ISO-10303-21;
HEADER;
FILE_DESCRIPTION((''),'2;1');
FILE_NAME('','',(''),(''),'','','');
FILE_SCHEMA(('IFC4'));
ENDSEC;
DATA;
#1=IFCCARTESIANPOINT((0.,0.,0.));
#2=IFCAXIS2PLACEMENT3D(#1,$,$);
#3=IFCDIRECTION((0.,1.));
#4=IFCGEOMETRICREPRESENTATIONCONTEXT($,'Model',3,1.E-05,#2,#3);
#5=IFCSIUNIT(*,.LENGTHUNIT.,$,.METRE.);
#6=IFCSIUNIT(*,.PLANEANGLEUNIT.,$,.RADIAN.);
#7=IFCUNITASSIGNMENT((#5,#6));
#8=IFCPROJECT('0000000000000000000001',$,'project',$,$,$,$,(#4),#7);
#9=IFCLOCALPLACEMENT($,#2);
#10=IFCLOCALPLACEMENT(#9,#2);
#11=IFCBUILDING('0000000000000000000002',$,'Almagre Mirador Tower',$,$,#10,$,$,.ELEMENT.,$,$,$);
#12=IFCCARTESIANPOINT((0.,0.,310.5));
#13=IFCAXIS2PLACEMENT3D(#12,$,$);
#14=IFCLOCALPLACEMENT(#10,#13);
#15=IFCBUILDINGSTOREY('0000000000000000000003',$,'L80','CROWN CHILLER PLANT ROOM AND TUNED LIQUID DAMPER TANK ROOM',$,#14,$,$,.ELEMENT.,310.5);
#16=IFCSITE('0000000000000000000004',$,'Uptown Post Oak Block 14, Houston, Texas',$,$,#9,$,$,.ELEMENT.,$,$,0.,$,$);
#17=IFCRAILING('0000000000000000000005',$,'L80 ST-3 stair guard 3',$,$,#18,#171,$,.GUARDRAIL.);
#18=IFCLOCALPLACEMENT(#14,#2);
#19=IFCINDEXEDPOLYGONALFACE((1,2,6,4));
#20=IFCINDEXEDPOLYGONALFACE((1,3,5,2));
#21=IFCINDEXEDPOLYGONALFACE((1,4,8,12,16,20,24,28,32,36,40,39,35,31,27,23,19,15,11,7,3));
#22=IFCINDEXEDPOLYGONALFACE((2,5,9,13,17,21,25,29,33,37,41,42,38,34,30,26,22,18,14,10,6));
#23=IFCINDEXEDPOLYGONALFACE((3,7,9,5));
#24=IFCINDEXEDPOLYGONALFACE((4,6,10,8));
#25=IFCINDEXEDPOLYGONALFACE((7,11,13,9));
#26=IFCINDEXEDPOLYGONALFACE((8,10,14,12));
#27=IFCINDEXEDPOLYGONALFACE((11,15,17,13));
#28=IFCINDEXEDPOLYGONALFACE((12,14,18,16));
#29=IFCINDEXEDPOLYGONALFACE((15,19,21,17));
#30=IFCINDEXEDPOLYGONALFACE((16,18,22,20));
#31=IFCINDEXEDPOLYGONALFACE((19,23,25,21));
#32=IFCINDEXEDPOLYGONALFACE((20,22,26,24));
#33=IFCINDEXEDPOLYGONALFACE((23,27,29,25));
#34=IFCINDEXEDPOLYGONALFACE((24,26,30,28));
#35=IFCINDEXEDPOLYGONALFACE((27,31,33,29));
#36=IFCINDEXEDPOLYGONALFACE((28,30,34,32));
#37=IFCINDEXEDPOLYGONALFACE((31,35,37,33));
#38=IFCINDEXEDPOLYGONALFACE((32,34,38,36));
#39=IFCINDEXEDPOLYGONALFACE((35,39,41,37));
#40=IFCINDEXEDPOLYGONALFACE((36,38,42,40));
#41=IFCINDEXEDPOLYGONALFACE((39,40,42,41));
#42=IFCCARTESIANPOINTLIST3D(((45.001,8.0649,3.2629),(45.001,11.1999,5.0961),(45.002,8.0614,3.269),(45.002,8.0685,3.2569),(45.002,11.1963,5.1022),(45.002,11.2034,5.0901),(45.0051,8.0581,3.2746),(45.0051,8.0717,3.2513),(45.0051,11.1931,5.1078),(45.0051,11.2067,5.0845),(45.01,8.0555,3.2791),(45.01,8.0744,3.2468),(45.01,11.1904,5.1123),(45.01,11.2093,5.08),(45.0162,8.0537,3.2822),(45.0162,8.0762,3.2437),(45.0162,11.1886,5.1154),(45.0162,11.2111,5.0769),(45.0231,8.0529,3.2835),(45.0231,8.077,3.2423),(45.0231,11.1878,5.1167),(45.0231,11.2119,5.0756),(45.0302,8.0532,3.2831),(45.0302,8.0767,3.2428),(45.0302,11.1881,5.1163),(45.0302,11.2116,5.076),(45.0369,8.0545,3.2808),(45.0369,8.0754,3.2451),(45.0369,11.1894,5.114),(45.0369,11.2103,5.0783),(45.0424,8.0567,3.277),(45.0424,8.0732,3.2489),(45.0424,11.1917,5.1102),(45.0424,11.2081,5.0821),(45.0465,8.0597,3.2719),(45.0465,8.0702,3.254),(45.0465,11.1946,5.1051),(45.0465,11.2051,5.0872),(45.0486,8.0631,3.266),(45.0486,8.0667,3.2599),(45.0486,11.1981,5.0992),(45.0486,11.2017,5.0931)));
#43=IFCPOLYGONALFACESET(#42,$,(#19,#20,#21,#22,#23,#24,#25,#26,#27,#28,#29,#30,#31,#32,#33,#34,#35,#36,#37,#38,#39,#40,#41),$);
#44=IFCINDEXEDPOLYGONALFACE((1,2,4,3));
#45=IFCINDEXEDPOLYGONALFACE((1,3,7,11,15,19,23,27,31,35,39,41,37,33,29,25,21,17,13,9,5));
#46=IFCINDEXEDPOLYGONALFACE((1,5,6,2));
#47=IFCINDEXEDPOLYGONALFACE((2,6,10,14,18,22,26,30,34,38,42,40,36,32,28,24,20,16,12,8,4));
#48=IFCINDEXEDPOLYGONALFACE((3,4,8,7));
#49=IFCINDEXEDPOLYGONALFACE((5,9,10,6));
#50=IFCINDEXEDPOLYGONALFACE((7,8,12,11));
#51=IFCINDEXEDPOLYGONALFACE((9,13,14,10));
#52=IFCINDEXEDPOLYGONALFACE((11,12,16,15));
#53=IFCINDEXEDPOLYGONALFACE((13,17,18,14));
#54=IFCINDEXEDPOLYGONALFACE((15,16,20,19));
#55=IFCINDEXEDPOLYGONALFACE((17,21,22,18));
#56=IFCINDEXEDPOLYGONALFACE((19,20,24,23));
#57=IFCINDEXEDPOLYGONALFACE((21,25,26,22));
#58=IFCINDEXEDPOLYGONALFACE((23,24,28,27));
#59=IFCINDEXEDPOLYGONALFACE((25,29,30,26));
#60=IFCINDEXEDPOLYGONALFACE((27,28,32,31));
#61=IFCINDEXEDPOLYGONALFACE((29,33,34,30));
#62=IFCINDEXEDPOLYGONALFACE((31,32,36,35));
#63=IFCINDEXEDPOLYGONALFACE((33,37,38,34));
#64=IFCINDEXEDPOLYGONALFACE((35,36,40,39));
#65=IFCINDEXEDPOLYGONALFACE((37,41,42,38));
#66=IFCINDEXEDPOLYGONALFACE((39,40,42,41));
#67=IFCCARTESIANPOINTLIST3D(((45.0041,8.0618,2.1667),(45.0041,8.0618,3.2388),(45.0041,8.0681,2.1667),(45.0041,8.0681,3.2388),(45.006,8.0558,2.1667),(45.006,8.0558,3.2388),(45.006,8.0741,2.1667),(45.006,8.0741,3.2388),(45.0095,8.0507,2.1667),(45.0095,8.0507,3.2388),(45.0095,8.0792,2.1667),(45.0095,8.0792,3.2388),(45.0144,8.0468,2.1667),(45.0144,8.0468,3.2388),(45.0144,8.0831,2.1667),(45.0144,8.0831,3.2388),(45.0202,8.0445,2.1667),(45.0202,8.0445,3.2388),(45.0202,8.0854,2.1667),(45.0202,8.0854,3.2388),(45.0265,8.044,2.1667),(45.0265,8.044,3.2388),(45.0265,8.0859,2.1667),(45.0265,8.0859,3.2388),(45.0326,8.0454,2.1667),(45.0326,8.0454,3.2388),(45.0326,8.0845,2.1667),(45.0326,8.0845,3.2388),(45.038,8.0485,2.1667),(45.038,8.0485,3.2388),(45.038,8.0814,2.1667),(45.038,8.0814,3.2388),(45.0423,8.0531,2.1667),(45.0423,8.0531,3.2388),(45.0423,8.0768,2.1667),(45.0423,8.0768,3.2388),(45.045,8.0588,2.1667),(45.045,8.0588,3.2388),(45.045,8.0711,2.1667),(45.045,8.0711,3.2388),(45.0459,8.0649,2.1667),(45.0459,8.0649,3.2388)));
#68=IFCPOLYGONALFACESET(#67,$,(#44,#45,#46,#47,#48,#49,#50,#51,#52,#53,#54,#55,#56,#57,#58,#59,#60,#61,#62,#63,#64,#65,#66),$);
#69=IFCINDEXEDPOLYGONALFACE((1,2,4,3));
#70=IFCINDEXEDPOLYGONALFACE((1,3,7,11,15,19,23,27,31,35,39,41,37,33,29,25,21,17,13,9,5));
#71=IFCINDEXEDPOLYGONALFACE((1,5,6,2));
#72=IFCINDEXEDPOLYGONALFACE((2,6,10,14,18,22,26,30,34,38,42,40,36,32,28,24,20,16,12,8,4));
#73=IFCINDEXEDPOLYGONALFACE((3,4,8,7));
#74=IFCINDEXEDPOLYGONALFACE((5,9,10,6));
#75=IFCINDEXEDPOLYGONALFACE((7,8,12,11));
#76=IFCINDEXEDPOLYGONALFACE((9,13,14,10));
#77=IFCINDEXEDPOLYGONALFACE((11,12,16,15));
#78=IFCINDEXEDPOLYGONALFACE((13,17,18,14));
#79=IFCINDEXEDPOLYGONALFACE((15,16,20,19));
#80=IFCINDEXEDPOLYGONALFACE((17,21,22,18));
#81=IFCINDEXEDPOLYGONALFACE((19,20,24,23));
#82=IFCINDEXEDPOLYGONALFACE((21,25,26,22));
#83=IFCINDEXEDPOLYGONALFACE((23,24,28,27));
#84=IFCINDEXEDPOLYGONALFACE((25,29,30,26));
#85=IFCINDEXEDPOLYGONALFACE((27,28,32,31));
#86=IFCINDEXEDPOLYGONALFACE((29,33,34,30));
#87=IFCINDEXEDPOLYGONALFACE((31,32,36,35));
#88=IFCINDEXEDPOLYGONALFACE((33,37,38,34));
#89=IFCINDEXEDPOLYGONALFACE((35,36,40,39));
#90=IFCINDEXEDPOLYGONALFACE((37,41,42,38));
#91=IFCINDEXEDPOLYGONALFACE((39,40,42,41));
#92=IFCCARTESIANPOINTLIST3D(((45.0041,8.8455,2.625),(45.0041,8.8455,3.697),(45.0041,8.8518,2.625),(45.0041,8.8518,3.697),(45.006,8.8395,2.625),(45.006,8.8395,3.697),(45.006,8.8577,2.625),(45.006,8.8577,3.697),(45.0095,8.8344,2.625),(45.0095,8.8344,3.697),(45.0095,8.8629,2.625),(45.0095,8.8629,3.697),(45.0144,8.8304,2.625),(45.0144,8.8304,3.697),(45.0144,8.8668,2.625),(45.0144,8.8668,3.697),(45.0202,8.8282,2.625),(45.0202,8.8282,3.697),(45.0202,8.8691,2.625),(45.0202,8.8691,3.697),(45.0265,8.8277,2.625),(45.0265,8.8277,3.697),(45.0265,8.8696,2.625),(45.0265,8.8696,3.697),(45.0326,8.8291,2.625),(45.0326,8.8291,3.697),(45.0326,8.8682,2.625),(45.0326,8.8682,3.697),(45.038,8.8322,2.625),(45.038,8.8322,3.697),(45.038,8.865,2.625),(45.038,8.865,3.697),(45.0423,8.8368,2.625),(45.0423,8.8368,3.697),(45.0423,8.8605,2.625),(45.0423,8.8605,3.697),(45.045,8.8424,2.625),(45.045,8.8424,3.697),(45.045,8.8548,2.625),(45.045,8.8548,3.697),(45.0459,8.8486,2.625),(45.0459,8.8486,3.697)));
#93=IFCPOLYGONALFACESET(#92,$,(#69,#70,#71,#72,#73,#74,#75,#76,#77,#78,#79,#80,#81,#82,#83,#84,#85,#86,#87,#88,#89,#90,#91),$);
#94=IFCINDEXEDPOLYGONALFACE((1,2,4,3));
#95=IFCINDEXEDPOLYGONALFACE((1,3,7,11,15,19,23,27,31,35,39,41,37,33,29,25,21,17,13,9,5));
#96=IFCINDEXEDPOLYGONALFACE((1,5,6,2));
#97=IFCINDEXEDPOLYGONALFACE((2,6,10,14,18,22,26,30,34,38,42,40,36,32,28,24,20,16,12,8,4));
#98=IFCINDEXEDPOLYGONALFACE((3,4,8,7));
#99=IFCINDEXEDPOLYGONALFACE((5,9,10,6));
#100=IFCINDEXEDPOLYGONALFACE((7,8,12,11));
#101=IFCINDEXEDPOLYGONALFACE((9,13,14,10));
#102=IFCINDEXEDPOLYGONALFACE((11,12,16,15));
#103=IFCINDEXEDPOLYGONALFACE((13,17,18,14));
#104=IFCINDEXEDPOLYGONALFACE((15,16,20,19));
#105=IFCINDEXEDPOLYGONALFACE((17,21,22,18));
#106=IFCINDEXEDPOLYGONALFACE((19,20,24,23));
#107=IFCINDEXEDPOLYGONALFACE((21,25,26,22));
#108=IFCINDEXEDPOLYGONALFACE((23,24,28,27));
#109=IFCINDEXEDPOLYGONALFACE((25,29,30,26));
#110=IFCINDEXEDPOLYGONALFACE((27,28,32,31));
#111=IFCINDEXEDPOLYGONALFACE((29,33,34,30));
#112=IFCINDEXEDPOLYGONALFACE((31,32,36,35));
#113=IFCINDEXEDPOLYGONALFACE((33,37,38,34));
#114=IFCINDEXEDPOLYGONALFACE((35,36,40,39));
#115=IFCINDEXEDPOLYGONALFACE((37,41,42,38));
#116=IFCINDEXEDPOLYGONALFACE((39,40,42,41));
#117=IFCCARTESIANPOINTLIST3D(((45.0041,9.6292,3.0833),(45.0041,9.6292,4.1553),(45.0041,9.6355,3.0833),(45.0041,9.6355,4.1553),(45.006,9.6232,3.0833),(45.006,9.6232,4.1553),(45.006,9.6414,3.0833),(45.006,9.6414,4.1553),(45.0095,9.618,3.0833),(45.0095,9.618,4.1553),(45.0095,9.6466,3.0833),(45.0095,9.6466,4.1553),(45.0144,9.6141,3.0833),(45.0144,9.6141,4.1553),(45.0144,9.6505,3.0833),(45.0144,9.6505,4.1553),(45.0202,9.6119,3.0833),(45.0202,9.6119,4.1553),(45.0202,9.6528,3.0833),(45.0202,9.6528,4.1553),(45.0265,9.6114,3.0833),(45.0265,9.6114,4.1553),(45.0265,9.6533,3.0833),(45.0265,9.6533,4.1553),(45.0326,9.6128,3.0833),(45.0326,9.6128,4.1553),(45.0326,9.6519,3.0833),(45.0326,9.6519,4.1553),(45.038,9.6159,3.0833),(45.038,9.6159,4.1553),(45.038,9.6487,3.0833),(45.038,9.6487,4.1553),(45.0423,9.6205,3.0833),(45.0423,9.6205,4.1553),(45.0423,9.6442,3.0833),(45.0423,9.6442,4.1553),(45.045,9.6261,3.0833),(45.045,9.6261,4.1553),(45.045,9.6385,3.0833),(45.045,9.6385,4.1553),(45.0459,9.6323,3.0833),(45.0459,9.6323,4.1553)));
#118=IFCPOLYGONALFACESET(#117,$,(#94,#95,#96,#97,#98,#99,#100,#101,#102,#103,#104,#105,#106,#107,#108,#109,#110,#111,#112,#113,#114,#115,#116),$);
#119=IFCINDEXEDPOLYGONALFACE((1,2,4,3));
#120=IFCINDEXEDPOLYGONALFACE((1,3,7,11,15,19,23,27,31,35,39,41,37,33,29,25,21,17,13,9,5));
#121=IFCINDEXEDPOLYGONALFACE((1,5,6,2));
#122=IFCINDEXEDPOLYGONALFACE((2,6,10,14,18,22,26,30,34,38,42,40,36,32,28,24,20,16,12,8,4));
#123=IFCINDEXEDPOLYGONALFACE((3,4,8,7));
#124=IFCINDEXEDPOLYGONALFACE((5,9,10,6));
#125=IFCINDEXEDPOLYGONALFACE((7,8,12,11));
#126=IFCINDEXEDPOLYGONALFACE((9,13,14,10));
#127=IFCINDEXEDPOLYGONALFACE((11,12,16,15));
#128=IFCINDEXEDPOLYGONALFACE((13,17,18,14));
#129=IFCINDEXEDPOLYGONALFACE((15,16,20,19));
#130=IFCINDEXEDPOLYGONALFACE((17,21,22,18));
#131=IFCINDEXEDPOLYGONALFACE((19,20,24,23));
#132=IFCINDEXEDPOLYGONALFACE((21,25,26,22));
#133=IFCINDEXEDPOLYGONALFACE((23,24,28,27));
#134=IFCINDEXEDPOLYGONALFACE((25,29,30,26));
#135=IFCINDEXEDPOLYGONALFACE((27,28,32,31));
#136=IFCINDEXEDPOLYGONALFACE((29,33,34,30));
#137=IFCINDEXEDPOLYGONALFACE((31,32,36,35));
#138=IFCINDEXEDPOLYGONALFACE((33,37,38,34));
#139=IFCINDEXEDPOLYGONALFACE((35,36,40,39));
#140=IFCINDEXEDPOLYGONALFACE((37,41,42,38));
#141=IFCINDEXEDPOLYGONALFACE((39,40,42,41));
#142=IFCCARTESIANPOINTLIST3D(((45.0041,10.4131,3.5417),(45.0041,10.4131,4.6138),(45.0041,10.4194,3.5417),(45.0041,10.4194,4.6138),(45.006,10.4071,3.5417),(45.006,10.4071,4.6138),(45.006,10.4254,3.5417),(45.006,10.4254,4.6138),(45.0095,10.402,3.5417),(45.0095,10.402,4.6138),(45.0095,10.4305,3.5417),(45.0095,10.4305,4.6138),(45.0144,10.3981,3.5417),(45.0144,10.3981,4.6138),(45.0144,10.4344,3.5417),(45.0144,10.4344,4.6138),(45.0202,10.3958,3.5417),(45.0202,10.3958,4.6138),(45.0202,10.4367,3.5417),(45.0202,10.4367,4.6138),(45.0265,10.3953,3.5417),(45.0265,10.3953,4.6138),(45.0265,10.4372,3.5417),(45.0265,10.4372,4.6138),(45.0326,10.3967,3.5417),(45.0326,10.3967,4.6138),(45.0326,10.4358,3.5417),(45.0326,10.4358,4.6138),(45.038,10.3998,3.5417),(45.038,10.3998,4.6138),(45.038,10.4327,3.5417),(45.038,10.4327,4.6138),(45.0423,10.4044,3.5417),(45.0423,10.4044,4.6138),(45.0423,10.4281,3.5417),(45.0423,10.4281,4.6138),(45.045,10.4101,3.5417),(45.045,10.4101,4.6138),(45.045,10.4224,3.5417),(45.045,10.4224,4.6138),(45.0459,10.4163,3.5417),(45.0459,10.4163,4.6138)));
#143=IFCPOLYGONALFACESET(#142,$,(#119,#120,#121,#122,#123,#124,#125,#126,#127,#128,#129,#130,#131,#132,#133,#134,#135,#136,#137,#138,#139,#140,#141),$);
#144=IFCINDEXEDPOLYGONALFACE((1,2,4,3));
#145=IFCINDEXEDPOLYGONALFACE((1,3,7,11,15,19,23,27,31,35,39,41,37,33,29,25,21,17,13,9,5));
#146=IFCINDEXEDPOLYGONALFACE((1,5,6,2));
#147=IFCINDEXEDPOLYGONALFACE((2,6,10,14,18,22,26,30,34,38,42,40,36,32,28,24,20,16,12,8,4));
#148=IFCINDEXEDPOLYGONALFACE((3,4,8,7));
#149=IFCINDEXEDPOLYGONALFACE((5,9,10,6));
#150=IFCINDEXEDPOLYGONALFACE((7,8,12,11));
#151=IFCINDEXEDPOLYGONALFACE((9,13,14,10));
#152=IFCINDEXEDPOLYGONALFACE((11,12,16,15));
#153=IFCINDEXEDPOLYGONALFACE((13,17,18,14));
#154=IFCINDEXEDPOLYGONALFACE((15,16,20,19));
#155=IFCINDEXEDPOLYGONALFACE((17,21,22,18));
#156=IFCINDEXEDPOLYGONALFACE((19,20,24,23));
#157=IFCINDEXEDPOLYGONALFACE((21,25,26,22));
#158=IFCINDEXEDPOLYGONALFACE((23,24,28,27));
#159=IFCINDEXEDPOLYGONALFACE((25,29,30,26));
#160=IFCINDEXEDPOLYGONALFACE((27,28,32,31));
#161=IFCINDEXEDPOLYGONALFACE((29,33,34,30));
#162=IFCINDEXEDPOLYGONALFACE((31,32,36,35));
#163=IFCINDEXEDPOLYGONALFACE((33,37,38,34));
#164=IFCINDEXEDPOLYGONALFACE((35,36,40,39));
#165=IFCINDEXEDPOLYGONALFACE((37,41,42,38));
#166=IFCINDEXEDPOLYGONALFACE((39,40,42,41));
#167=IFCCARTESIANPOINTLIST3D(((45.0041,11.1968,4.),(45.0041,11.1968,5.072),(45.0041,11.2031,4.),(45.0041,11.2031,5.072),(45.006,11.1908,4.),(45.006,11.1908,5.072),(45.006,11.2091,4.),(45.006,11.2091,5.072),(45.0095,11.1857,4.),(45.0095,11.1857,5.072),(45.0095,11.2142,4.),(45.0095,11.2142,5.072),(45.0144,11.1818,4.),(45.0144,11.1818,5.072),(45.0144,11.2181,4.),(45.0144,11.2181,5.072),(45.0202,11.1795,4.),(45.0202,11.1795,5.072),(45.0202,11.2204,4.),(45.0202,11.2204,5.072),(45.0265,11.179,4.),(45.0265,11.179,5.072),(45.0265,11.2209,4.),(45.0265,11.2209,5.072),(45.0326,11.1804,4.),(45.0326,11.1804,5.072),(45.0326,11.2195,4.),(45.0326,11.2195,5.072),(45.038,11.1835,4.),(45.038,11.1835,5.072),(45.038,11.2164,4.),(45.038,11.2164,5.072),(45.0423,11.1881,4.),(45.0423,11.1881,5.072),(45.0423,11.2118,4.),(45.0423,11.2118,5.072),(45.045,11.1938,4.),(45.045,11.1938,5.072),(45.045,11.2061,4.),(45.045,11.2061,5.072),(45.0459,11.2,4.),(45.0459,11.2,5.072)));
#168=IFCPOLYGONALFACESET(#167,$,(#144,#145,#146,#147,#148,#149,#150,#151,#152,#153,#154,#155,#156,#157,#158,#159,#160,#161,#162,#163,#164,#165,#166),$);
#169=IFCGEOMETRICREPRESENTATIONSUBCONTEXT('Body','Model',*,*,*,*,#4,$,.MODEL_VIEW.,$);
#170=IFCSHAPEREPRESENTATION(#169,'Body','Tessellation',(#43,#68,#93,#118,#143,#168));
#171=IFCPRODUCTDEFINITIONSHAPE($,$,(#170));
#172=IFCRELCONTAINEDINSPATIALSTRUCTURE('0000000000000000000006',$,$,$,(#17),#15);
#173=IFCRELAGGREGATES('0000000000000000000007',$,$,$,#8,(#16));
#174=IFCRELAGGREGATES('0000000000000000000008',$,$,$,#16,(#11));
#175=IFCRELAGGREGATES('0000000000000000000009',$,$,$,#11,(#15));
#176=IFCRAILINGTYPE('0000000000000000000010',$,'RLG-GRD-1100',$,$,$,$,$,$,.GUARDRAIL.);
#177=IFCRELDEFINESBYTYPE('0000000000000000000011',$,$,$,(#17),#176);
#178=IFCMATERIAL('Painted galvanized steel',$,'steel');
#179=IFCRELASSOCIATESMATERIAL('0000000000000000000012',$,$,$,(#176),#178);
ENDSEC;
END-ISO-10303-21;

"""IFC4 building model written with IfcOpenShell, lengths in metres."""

from ifc_helpers import new_model, si_unit, direction, frame, origin, origin_2d, place, context, subcontext, project, spatial, circle, extrude, material, type_object, element, save


model = new_model("IFC4")

# Units and contexts
model_context = context("Model", 3, precision=1e-05, world=origin(), true_north=direction((0.0, 1.0)))
body_context = subcontext(model_context, "Body", "Model", "MODEL_VIEW")
ifc_project = project(units=[si_unit("LENGTHUNIT", "METRE"), si_unit("PLANEANGLEUNIT", "RADIAN")], contexts=[model_context])

# Site, building, storey
site_placement = place(None, origin())
site = spatial("IfcSite", under=ifc_project, at=site_placement, Name="Uptown Post Oak Block 14, Houston, Texas", CompositionType="ELEMENT", RefElevation=0.0)
building_placement = place(site_placement, origin())
building = spatial("IfcBuilding", under=site, at=building_placement, Name="Almagre Mirador Tower", CompositionType="ELEMENT")
storey_placement = place(building_placement, frame((0.0, 0.0, 310.5)))
storey = spatial("IfcBuildingStorey", under=building, at=storey_placement, Name="L80", Description="CROWN CHILLER PLANT ROOM AND TUNED LIQUID DAMPER TANK ROOM", CompositionType="ELEMENT", Elevation=310.5)

# Railing
ifc_material_1 = material(Name="Painted galvanized steel", Category="steel")
railing_type_1 = type_object("IfcRailingType", Name="RLG-GRD-1100", PredefinedType="GUARDRAIL", material=ifc_material_1)
railing_1_placement = place(storey_placement, frame((45.0249, 8.0649, 2.1667)))
element("IfcRailing", 1, at=railing_1_placement, inside=storey, type_object=railing_type_1, Name="L80 ST-3 stair guard 3", PredefinedType="GUARDRAIL", context=body_context, shape_type="SweptSolid", body=[
    extrude(circle(Radius=0.0239, at=origin_2d()), frame((0.0, 0.0, 1.0962), z_axis=(0.0, 0.86324, 0.504794), x_axis=(-1.0, 0.0, 0.0)), (0.0, 0.0, 1.0), 3.6316),
    extrude(circle(Radius=0.021, at=origin_2d()), origin(), (0.0, 0.0, 1.0), 1.072),
    extrude(circle(Radius=0.021, at=origin_2d()), frame((0.0, 0.7837, 0.4583)), (0.0, 0.0, 1.0), 1.072),
    extrude(circle(Radius=0.021, at=origin_2d()), frame((0.0, 1.5674, 0.9165)), (0.0, 0.0, 1.0), 1.072),
    extrude(circle(Radius=0.021, at=origin_2d()), frame((0.0, 2.3513, 1.375)), (0.0, 0.0, 1.0), 1.072),
    extrude(circle(Radius=0.021, at=origin_2d()), frame((0.0, 3.135, 1.8333)), (0.0, 0.0, 1.0), 1.072),
])

save(model, "model.ifc")
